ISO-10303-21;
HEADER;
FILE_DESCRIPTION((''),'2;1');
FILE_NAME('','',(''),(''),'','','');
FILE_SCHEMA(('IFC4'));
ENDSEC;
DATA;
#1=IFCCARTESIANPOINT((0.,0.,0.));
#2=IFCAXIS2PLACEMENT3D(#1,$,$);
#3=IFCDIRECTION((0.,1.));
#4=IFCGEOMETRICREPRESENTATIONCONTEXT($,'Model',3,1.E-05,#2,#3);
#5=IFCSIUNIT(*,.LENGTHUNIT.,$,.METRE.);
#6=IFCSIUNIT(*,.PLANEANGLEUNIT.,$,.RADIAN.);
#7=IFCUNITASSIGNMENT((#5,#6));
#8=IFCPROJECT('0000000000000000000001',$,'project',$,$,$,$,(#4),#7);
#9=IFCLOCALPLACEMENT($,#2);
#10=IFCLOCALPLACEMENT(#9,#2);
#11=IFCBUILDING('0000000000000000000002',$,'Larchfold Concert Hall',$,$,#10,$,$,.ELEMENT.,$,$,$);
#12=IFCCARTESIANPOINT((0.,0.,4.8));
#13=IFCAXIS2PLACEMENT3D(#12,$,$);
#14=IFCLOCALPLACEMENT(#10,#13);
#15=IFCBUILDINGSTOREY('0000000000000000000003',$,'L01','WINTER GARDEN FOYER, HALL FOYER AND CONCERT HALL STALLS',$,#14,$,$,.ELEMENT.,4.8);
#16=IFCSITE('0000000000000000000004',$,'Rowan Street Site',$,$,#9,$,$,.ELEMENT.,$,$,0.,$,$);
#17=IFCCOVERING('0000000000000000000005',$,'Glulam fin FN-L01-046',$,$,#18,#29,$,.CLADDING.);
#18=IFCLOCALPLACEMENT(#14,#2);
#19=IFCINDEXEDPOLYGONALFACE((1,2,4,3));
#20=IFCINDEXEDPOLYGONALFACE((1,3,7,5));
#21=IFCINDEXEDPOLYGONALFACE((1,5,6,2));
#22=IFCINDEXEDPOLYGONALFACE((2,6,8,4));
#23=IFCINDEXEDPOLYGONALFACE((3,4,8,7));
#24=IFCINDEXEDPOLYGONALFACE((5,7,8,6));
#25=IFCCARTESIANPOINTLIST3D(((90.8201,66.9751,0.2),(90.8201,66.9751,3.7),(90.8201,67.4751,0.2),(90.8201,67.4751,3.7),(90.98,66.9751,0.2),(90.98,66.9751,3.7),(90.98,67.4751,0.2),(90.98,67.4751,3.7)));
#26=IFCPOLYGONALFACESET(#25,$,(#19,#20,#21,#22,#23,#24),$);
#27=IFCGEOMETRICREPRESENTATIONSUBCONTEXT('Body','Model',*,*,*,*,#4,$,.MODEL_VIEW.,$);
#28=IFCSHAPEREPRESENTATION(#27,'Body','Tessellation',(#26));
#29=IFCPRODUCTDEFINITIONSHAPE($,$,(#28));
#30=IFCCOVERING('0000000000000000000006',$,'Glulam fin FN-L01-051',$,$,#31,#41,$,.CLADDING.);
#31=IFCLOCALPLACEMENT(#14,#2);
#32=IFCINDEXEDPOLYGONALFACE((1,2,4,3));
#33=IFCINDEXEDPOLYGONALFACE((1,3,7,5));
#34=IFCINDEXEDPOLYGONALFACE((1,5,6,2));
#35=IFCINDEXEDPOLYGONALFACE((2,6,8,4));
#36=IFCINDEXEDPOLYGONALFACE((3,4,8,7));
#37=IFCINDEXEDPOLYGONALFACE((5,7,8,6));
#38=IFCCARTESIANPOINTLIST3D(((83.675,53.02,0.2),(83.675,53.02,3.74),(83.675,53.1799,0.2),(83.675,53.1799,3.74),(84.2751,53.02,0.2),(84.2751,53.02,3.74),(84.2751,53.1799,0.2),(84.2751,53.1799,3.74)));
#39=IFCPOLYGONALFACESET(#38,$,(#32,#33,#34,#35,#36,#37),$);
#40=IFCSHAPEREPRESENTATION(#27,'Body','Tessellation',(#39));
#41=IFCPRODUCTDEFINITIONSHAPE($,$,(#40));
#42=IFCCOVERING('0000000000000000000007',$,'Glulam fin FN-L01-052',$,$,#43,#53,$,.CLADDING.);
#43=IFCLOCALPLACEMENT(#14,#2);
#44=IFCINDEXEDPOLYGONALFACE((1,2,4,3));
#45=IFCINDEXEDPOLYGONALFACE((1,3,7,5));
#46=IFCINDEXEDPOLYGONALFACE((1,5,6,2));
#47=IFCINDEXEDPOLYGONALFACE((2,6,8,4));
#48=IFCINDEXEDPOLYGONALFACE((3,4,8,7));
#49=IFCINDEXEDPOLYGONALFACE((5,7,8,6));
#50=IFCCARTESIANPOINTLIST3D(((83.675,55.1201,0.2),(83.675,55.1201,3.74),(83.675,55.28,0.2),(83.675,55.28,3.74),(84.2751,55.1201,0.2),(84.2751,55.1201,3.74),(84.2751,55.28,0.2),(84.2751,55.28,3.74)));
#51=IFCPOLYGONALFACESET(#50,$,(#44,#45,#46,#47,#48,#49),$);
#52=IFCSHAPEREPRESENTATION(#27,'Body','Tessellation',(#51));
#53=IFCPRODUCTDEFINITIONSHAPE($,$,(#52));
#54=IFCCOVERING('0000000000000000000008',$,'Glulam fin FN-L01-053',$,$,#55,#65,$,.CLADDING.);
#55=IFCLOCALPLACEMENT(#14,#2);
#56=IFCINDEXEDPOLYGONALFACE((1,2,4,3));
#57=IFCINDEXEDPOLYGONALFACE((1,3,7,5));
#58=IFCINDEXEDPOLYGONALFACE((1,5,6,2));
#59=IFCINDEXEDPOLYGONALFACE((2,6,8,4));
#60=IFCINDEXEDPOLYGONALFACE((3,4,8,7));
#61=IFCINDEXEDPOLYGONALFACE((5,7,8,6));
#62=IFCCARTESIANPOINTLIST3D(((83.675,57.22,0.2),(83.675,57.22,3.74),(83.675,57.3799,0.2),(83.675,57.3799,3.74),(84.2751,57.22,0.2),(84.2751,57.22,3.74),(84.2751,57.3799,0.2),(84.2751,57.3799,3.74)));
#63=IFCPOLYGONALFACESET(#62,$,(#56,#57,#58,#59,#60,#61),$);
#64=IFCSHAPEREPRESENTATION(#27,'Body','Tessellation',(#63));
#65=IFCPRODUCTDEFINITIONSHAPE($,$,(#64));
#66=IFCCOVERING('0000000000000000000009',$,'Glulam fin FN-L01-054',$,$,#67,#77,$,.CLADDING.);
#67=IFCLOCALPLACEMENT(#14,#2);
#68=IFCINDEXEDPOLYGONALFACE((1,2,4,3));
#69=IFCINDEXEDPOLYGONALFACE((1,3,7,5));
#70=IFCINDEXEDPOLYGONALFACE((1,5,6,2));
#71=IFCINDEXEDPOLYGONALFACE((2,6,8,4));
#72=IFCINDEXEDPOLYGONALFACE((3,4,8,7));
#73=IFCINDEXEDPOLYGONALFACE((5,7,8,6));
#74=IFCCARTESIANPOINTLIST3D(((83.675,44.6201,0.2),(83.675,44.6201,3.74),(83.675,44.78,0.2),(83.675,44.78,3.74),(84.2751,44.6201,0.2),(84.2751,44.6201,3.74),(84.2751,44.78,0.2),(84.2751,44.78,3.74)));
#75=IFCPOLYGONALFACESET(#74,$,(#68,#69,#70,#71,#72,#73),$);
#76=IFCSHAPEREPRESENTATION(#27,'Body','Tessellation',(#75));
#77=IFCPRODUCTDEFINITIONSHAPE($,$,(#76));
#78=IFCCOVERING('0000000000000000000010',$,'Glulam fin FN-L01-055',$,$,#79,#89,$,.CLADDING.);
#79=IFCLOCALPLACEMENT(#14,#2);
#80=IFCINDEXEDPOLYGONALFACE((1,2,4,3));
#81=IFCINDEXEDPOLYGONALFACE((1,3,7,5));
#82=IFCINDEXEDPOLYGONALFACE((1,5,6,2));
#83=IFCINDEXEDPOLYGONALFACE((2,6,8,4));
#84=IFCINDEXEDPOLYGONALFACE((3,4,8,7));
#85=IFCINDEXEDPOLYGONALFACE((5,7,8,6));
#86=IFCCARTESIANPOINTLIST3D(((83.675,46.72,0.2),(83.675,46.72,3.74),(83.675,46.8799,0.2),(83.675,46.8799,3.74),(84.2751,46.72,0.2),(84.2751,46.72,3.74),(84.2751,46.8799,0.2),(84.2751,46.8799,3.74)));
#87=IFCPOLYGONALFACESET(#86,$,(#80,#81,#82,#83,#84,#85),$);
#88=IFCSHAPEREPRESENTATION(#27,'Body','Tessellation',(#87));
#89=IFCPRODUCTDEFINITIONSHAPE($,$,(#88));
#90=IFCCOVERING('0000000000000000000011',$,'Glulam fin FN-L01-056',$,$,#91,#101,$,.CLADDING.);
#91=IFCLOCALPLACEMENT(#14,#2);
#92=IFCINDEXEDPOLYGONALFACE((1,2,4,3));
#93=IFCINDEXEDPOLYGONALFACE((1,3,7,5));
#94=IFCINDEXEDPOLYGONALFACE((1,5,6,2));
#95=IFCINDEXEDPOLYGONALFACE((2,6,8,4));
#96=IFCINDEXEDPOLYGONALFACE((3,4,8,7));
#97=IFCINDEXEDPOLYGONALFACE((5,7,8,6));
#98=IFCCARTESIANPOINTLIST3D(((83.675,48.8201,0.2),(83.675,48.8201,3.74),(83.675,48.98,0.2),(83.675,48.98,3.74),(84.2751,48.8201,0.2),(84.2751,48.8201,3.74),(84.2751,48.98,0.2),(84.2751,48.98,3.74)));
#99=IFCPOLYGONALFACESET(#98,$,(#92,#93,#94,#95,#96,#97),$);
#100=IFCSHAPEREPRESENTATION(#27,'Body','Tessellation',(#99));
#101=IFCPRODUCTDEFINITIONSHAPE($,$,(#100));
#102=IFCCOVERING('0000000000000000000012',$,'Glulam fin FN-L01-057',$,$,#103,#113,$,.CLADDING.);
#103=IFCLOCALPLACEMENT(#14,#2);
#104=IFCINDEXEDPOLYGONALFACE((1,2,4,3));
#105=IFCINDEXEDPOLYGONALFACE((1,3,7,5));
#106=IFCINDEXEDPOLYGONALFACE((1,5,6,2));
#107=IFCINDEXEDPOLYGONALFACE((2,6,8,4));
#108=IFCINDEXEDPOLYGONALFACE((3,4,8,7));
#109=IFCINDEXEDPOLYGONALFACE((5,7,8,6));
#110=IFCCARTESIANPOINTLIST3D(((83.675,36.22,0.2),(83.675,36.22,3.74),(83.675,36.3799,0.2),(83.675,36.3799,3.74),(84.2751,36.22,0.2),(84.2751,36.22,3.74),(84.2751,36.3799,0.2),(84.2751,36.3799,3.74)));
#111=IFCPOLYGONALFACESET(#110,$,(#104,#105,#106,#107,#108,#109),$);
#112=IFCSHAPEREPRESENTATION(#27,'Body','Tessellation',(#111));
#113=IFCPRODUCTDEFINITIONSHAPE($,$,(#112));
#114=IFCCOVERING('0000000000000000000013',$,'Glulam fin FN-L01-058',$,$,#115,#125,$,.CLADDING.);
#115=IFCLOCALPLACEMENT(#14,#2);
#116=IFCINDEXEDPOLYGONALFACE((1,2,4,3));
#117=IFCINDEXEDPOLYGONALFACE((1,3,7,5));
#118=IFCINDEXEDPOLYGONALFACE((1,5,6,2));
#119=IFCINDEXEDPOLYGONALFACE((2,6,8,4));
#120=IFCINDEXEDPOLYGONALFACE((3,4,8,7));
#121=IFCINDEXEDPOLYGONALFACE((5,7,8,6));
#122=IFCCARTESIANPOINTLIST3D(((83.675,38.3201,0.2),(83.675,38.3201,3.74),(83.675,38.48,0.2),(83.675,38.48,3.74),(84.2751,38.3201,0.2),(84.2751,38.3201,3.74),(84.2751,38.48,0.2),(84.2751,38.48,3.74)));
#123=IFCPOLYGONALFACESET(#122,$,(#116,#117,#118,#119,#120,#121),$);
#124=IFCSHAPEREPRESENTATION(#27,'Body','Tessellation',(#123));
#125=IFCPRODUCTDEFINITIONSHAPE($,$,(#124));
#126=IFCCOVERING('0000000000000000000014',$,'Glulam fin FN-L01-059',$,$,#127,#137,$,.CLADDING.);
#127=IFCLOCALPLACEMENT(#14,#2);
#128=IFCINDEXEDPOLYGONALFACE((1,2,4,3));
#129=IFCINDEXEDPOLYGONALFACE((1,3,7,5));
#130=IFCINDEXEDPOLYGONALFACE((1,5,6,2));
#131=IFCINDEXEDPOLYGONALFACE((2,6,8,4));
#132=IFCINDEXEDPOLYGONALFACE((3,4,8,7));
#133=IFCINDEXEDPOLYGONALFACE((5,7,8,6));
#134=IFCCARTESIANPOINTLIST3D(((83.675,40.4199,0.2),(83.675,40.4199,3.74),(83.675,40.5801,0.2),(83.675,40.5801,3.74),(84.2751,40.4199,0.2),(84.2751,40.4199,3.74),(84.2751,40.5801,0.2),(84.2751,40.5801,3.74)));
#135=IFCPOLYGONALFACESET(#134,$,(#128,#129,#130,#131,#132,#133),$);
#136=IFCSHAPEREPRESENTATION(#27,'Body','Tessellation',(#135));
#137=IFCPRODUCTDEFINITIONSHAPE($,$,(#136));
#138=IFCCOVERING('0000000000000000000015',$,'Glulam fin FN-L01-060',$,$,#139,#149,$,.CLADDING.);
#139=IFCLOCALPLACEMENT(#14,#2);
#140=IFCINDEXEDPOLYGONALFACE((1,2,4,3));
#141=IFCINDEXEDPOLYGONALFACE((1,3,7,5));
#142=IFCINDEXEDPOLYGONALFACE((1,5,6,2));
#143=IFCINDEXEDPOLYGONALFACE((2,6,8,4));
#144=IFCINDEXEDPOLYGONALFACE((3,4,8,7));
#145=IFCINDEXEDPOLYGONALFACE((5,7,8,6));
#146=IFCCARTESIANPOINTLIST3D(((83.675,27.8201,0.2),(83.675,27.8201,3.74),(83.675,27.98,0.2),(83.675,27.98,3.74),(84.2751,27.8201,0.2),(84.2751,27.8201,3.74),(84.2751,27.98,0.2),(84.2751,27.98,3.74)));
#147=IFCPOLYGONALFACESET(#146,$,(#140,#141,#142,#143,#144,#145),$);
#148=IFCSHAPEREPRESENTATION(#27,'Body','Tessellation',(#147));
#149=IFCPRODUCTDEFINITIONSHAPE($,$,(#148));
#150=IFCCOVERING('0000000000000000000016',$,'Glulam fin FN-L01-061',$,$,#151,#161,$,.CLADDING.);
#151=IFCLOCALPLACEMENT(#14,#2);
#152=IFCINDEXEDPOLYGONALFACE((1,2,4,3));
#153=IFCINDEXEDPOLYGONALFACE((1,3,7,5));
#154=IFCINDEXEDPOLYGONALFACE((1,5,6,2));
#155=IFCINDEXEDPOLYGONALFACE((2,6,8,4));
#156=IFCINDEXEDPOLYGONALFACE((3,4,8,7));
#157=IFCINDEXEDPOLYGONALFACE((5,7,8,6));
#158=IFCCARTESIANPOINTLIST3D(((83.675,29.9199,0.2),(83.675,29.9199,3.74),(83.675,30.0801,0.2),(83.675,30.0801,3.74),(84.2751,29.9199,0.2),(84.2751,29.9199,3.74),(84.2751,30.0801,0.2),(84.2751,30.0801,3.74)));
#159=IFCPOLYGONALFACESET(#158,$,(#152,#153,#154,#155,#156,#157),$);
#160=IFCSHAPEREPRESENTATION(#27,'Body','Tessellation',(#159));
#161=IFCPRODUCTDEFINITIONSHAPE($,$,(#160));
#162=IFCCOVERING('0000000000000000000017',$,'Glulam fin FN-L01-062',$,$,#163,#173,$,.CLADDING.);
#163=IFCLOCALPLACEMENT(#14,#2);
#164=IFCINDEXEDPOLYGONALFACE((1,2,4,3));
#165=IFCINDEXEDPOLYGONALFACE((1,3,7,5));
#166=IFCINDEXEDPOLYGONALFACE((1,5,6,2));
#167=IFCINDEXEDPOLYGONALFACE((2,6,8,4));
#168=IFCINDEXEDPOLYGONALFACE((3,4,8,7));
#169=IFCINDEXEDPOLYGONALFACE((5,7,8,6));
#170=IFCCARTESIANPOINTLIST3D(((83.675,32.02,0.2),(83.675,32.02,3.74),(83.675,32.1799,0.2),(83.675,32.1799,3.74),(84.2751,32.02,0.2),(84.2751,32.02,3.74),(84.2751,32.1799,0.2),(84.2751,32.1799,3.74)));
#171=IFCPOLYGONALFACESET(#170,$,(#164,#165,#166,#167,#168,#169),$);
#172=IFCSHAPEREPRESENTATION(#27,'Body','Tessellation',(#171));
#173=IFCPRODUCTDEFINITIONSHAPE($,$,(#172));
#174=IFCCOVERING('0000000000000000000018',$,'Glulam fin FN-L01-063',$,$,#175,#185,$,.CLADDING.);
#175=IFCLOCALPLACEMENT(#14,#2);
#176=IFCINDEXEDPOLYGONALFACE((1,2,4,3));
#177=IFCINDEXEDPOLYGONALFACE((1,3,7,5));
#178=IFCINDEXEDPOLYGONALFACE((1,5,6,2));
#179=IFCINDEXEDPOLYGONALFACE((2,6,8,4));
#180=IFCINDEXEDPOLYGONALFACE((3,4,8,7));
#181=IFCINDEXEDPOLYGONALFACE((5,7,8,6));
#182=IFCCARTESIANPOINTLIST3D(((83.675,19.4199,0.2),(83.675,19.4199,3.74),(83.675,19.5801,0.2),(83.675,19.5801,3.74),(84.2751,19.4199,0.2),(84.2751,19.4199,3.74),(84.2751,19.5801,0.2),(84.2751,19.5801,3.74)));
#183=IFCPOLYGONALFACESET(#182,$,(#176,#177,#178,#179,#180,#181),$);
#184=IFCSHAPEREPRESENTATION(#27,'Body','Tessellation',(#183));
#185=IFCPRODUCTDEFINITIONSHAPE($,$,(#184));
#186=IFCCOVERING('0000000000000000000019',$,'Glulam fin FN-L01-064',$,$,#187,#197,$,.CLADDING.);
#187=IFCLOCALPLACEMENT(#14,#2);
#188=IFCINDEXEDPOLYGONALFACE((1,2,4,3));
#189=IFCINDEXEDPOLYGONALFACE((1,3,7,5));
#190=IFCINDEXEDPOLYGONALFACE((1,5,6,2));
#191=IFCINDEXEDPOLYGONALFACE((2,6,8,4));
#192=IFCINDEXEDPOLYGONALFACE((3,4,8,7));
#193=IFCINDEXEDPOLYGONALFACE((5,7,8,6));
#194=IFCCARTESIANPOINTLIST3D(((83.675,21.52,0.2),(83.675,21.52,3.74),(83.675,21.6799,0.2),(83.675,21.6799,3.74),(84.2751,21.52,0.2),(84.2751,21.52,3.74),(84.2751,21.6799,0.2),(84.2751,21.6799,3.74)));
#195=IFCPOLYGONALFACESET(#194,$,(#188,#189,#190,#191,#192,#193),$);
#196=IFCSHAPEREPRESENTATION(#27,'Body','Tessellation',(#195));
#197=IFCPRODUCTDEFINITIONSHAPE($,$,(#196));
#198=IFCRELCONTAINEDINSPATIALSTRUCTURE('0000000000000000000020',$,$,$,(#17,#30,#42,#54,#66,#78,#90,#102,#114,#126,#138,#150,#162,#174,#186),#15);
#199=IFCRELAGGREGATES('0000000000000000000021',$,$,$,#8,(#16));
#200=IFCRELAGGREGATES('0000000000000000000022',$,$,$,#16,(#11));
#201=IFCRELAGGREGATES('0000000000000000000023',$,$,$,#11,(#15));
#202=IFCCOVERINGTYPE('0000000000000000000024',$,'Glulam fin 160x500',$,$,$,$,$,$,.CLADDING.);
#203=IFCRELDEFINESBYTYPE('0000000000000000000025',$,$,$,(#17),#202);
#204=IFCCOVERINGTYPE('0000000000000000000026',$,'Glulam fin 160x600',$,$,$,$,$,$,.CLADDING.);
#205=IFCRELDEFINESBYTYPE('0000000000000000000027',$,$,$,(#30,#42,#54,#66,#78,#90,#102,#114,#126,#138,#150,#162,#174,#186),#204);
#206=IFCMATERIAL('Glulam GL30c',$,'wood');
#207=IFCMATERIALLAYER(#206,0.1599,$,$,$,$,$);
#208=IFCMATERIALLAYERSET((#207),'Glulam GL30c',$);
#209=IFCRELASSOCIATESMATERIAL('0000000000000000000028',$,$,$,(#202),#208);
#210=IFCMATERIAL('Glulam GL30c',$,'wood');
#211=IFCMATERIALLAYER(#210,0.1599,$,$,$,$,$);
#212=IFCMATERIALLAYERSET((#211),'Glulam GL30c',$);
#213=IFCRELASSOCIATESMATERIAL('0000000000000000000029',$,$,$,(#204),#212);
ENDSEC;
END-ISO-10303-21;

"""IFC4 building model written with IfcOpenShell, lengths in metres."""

from ifc_helpers import new_model, si_unit, direction, frame, origin, place, context, subcontext, project, spatial, polyline, outline, extrude, material, layer, layer_set, type_object, element, save


model = new_model("IFC4")

# Units and contexts
model_context = context("Model", 3, precision=1e-05, world=origin(), true_north=direction((0.0, 1.0)))
body_context = subcontext(model_context, "Body", "Model", "MODEL_VIEW")
ifc_project = project(units=[si_unit("LENGTHUNIT", "METRE"), si_unit("PLANEANGLEUNIT", "RADIAN")], contexts=[model_context])

# Site, building, storey
site_placement = place(None, origin())
site = spatial("IfcSite", under=ifc_project, at=site_placement, Name="Rowan Street Site", CompositionType="ELEMENT", RefElevation=0.0)
building_placement = place(site_placement, origin())
building = spatial("IfcBuilding", under=site, at=building_placement, Name="Larchfold Concert Hall", CompositionType="ELEMENT")
storey_placement = place(building_placement, frame((0.0, 0.0, 4.8)))
storey = spatial("IfcBuildingStorey", under=building, at=storey_placement, Name="L01", Description="WINTER GARDEN FOYER, HALL FOYER AND CONCERT HALL STALLS", CompositionType="ELEMENT", Elevation=4.8)

# Coverings
ifc_material_1 = material(Name="Glulam GL30c", Category="wood")
ifc_layer_1 = layer(ifc_material_1, 0.1599)
ifc_layer_set_1 = layer_set([ifc_layer_1], Name="Glulam GL30c")
covering_type_1 = type_object("IfcCoveringType", Name="Glulam fin 160x500", PredefinedType="CLADDING", material=ifc_layer_set_1)
covering_1_placement = place(storey_placement, frame((0.0, 0.0, 0.2)))
element("IfcCovering", 1, at=covering_1_placement, inside=storey, type_object=covering_type_1, Name="Glulam fin FN-L01-046", PredefinedType="CLADDING", context=body_context, shape_type="SweptSolid", body=[
    extrude(outline(polyline([(90.98, 66.9751), (90.98, 67.4751), (90.8201, 67.4751), (90.8201, 66.9751), (90.98, 66.9751)])), origin(), (0.0, 0.0, 1.0), 3.5),
])
ifc_material_2 = material(Name="Glulam GL30c", Category="wood")
ifc_layer_2 = layer(ifc_material_2, 0.1599)
ifc_layer_set_2 = layer_set([ifc_layer_2], Name="Glulam GL30c")
covering_type_2 = type_object("IfcCoveringType", Name="Glulam fin 160x600", PredefinedType="CLADDING", material=ifc_layer_set_2)
covering_2_placement = place(storey_placement, frame((0.0, 0.0, 0.2)))
element("IfcCovering", 2, at=covering_2_placement, inside=storey, type_object=covering_type_2, Name="Glulam fin FN-L01-051", PredefinedType="CLADDING", context=body_context, shape_type="SweptSolid", body=[
    extrude(outline(polyline([(84.2751, 53.02), (84.2751, 53.1799), (83.675, 53.1799), (83.675, 53.02), (84.2751, 53.02)])), origin(), (0.0, 0.0, 1.0), 3.54),
])
covering_3_placement = place(storey_placement, frame((0.0, 0.0, 0.2)))
element("IfcCovering", 3, at=covering_3_placement, inside=storey, type_object=covering_type_2, Name="Glulam fin FN-L01-052", PredefinedType="CLADDING", context=body_context, shape_type="SweptSolid", body=[
    extrude(outline(polyline([(84.2751, 55.1201), (84.2751, 55.28), (83.675, 55.28), (83.675, 55.1201), (84.2751, 55.1201)])), origin(), (0.0, 0.0, 1.0), 3.54),
])
covering_4_placement = place(storey_placement, frame((0.0, 0.0, 0.2)))
element("IfcCovering", 4, at=covering_4_placement, inside=storey, type_object=covering_type_2, Name="Glulam fin FN-L01-053", PredefinedType="CLADDING", context=body_context, shape_type="SweptSolid", body=[
    extrude(outline(polyline([(84.2751, 57.22), (84.2751, 57.3799), (83.675, 57.3799), (83.675, 57.22), (84.2751, 57.22)])), origin(), (0.0, 0.0, 1.0), 3.54),
])
covering_5_placement = place(storey_placement, frame((0.0, 0.0, 0.2)))
element("IfcCovering", 5, at=covering_5_placement, inside=storey, type_object=covering_type_2, Name="Glulam fin FN-L01-054", PredefinedType="CLADDING", context=body_context, shape_type="SweptSolid", body=[
    extrude(outline(polyline([(84.2751, 44.6201), (84.2751, 44.78), (83.675, 44.78), (83.675, 44.6201), (84.2751, 44.6201)])), origin(), (0.0, 0.0, 1.0), 3.54),
])
covering_6_placement = place(storey_placement, frame((0.0, 0.0, 0.2)))
element("IfcCovering", 6, at=covering_6_placement, inside=storey, type_object=covering_type_2, Name="Glulam fin FN-L01-055", PredefinedType="CLADDING", context=body_context, shape_type="SweptSolid", body=[
    extrude(outline(polyline([(84.2751, 46.72), (84.2751, 46.8799), (83.675, 46.8799), (83.675, 46.72), (84.2751, 46.72)])), origin(), (0.0, 0.0, 1.0), 3.54),
])
covering_7_placement = place(storey_placement, frame((0.0, 0.0, 0.2)))
element("IfcCovering", 7, at=covering_7_placement, inside=storey, type_object=covering_type_2, Name="Glulam fin FN-L01-056", PredefinedType="CLADDING", context=body_context, shape_type="SweptSolid", body=[
    extrude(outline(polyline([(84.2751, 48.8201), (84.2751, 48.98), (83.675, 48.98), (83.675, 48.8201), (84.2751, 48.8201)])), origin(), (0.0, 0.0, 1.0), 3.54),
])
covering_8_placement = place(storey_placement, frame((0.0, 0.0, 0.2)))
element("IfcCovering", 8, at=covering_8_placement, inside=storey, type_object=covering_type_2, Name="Glulam fin FN-L01-057", PredefinedType="CLADDING", context=body_context, shape_type="SweptSolid", body=[
    extrude(outline(polyline([(84.2751, 36.22), (84.2751, 36.3799), (83.675, 36.3799), (83.675, 36.22), (84.2751, 36.22)])), origin(), (0.0, 0.0, 1.0), 3.54),
])
covering_9_placement = place(storey_placement, frame((0.0, 0.0, 0.2)))
element("IfcCovering", 9, at=covering_9_placement, inside=storey, type_object=covering_type_2, Name="Glulam fin FN-L01-058", PredefinedType="CLADDING", context=body_context, shape_type="SweptSolid", body=[
    extrude(outline(polyline([(84.2751, 38.3201), (84.2751, 38.48), (83.675, 38.48), (83.675, 38.3201), (84.2751, 38.3201)])), origin(), (0.0, 0.0, 1.0), 3.54),
])
covering_10_placement = place(storey_placement, frame((0.0, 0.0, 0.2)))
element("IfcCovering", 10, at=covering_10_placement, inside=storey, type_object=covering_type_2, Name="Glulam fin FN-L01-059", PredefinedType="CLADDING", context=body_context, shape_type="SweptSolid", body=[
    extrude(outline(polyline([(84.2751, 40.4199), (84.2751, 40.5801), (83.675, 40.5801), (83.675, 40.4199), (84.2751, 40.4199)])), origin(), (0.0, 0.0, 1.0), 3.54),
])
covering_11_placement = place(storey_placement, frame((0.0, 0.0, 0.2)))
element("IfcCovering", 11, at=covering_11_placement, inside=storey, type_object=covering_type_2, Name="Glulam fin FN-L01-060", PredefinedType="CLADDING", context=body_context, shape_type="SweptSolid", body=[
    extrude(outline(polyline([(84.2751, 27.8201), (84.2751, 27.98), (83.675, 27.98), (83.675, 27.8201), (84.2751, 27.8201)])), origin(), (0.0, 0.0, 1.0), 3.54),
])
covering_12_placement = place(storey_placement, frame((0.0, 0.0, 0.2)))
element("IfcCovering", 12, at=covering_12_placement, inside=storey, type_object=covering_type_2, Name="Glulam fin FN-L01-061", PredefinedType="CLADDING", context=body_context, shape_type="SweptSolid", body=[
    extrude(outline(polyline([(84.2751, 29.9199), (84.2751, 30.0801), (83.675, 30.0801), (83.675, 29.9199), (84.2751, 29.9199)])), origin(), (0.0, 0.0, 1.0), 3.54),
])
covering_13_placement = place(storey_placement, frame((0.0, 0.0, 0.2)))
element("IfcCovering", 13, at=covering_13_placement, inside=storey, type_object=covering_type_2, Name="Glulam fin FN-L01-062", PredefinedType="CLADDING", context=body_context, shape_type="SweptSolid", body=[
    extrude(outline(polyline([(84.2751, 32.02), (84.2751, 32.1799), (83.675, 32.1799), (83.675, 32.02), (84.2751, 32.02)])), origin(), (0.0, 0.0, 1.0), 3.54),
])
covering_14_placement = place(storey_placement, frame((0.0, 0.0, 0.2)))
element("IfcCovering", 14, at=covering_14_placement, inside=storey, type_object=covering_type_2, Name="Glulam fin FN-L01-063", PredefinedType="CLADDING", context=body_context, shape_type="SweptSolid", body=[
    extrude(outline(polyline([(84.2751, 19.4199), (84.2751, 19.5801), (83.675, 19.5801), (83.675, 19.4199), (84.2751, 19.4199)])), origin(), (0.0, 0.0, 1.0), 3.54),
])
covering_15_placement = place(storey_placement, frame((0.0, 0.0, 0.2)))
element("IfcCovering", 15, at=covering_15_placement, inside=storey, type_object=covering_type_2, Name="Glulam fin FN-L01-064", PredefinedType="CLADDING", context=body_context, shape_type="SweptSolid", body=[
    extrude(outline(polyline([(84.2751, 21.52), (84.2751, 21.6799), (83.675, 21.6799), (83.675, 21.52), (84.2751, 21.52)])), origin(), (0.0, 0.0, 1.0), 3.54),
])

save(model, "model.ifc")
